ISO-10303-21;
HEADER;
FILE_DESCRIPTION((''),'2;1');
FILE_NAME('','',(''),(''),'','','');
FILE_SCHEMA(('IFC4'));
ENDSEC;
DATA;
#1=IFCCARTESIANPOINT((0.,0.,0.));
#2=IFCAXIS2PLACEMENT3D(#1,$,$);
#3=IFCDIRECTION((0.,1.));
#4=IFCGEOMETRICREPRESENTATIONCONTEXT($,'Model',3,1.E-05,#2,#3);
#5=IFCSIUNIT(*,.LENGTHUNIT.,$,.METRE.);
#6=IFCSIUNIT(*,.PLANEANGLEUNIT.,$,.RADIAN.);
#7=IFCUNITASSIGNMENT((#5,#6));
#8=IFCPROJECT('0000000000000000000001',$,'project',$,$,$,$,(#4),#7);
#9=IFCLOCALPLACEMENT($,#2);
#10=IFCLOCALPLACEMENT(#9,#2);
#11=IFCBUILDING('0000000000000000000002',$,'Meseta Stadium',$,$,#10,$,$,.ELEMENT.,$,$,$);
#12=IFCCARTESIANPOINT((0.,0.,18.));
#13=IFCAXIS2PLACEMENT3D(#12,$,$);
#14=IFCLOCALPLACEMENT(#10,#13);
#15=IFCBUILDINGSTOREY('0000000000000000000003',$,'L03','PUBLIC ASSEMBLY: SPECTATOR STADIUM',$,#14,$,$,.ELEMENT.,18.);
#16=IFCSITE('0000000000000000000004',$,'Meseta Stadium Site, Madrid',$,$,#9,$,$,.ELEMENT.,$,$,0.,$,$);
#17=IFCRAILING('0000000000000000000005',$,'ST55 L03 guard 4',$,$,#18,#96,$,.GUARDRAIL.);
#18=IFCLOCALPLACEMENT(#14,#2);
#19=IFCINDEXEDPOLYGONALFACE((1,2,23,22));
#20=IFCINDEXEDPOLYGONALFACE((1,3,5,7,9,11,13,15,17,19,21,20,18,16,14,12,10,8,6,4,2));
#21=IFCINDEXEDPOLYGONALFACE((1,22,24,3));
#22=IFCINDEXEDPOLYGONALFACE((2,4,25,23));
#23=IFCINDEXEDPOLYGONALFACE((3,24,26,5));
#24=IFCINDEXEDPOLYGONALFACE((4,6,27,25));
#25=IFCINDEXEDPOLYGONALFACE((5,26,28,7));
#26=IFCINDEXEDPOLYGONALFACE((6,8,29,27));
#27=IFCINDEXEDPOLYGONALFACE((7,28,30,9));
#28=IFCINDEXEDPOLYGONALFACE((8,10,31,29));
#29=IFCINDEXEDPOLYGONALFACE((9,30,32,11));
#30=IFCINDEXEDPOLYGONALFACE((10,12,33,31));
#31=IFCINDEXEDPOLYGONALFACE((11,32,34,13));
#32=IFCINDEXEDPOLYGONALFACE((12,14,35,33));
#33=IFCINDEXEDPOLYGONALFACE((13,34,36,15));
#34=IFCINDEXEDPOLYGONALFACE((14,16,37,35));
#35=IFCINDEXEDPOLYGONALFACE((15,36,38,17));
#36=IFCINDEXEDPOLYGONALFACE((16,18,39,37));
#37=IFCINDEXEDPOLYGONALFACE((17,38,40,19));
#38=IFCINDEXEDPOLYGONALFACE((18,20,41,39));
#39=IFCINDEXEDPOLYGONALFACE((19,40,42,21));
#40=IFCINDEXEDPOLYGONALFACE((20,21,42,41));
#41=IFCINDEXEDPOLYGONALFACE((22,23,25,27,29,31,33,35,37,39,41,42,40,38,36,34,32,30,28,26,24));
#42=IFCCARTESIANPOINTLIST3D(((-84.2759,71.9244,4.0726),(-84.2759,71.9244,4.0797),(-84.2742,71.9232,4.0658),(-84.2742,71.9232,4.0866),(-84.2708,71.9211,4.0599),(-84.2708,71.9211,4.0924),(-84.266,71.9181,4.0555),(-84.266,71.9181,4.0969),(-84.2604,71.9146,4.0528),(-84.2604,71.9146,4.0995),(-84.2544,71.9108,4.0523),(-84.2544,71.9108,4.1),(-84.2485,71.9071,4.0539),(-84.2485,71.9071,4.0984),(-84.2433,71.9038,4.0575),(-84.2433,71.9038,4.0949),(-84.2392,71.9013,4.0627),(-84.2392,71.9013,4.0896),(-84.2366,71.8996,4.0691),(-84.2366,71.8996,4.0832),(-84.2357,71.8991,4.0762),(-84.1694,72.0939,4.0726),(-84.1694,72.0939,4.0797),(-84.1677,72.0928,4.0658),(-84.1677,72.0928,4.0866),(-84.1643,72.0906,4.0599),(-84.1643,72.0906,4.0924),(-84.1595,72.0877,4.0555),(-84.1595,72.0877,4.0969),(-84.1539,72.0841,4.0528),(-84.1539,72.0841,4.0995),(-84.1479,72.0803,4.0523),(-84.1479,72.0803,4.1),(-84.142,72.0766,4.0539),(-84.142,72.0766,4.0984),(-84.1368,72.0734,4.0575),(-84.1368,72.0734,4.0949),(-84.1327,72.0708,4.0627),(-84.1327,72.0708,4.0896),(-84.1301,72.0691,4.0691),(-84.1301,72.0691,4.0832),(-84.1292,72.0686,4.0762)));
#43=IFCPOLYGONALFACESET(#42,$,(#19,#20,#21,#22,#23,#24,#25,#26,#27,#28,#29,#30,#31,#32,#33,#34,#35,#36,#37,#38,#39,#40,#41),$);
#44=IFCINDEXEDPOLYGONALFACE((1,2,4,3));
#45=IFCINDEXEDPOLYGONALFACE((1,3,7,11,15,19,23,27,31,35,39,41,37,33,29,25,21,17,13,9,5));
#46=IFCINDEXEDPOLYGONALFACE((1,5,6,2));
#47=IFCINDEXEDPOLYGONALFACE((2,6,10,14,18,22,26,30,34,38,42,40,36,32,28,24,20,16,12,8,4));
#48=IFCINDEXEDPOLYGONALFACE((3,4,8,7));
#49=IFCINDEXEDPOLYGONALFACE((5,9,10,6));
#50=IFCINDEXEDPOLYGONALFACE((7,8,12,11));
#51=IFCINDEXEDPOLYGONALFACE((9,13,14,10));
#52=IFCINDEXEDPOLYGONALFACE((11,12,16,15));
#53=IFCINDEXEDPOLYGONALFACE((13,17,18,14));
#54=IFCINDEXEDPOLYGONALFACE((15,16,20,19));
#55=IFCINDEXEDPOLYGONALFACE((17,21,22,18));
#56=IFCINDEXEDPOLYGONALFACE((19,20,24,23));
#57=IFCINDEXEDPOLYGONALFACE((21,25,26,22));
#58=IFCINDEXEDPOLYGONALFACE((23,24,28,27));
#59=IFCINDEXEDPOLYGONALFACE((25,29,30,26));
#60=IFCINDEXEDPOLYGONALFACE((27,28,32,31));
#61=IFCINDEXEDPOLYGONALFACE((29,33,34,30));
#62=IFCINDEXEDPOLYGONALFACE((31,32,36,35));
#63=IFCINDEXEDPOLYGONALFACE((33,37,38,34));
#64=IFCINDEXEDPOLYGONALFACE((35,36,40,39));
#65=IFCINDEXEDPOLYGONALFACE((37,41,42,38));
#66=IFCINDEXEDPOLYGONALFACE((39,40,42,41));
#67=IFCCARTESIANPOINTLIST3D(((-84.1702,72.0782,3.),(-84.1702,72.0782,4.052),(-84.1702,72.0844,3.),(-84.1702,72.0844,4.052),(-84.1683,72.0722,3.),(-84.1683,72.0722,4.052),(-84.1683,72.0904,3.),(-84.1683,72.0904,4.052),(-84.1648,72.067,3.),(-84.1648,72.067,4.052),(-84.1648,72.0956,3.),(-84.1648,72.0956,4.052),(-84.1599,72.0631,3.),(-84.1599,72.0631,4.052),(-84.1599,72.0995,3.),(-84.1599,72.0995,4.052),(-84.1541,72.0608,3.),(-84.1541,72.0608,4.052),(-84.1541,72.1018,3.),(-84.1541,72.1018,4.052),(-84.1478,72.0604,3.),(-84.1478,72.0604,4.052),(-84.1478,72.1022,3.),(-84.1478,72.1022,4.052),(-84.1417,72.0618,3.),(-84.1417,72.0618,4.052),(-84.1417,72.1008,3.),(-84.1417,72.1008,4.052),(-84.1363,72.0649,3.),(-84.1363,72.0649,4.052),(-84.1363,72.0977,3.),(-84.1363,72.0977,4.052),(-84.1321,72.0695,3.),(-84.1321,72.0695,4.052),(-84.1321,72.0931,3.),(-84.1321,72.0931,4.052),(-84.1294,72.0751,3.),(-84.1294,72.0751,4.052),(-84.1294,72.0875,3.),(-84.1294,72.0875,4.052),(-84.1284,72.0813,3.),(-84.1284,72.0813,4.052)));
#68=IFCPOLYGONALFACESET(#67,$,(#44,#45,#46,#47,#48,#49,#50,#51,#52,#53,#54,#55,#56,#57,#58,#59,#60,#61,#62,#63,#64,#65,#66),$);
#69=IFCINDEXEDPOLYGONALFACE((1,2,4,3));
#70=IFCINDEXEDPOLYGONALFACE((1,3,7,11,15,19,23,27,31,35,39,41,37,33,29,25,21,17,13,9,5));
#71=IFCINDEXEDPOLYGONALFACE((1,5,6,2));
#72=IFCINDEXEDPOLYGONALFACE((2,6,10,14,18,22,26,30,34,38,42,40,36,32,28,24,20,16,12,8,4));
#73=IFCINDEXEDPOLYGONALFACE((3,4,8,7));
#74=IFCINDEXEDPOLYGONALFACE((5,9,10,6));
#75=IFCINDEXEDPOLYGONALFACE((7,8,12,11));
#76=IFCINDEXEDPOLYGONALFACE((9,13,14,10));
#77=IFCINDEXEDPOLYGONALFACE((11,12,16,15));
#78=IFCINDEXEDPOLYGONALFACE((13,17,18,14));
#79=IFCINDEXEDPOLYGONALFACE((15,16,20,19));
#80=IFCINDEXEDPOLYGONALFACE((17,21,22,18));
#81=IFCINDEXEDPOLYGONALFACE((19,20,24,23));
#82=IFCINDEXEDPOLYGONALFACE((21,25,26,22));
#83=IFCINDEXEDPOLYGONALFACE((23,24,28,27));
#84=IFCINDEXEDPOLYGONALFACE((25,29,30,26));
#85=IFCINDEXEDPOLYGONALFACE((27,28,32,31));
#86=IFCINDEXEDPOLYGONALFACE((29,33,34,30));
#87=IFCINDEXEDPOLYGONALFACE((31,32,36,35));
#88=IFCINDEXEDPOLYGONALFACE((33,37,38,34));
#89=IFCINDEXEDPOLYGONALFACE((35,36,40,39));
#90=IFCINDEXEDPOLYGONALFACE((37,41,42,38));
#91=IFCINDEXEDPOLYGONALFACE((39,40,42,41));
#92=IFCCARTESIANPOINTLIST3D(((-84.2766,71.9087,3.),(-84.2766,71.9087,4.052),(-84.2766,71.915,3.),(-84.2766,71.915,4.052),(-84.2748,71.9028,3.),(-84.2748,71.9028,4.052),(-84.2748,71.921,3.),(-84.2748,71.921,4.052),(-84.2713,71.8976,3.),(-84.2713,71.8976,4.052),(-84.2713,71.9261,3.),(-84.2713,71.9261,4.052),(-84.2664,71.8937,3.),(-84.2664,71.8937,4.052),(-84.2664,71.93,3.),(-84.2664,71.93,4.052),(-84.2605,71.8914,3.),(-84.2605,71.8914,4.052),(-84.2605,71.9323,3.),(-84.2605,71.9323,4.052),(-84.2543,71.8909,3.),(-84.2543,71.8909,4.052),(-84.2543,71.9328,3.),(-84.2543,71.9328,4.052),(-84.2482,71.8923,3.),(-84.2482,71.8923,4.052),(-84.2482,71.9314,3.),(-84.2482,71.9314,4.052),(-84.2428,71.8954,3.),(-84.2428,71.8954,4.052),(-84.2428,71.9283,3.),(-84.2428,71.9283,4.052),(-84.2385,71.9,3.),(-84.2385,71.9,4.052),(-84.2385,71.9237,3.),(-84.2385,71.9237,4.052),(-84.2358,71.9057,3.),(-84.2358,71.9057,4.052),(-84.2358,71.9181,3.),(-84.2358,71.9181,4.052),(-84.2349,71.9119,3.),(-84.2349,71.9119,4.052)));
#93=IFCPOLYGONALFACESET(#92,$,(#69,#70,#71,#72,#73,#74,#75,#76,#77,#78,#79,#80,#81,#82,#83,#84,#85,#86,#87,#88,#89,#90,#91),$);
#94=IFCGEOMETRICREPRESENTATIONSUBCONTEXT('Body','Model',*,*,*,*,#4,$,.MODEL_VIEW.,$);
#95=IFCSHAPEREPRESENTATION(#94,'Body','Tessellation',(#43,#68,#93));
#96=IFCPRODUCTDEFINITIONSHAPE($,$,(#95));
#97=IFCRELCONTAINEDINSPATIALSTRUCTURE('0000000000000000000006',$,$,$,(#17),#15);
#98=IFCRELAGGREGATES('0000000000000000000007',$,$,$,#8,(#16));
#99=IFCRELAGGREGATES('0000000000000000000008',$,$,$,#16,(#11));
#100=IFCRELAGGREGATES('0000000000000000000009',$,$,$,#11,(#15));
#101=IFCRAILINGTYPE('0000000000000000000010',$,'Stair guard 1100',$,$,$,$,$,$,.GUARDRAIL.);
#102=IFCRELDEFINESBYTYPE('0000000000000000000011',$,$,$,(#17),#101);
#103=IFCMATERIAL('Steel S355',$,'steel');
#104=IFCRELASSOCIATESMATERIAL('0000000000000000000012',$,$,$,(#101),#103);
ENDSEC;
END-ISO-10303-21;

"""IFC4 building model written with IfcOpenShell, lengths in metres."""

from ifc_helpers import new_model, si_unit, direction, frame, origin, origin_2d, place, context, subcontext, project, spatial, circle, extrude, material, type_object, element, save


model = new_model("IFC4")

# Units and contexts
model_context = context("Model", 3, precision=1e-05, world=origin(), true_north=direction((0.0, 1.0)))
body_context = subcontext(model_context, "Body", "Model", "MODEL_VIEW")
ifc_project = project(units=[si_unit("LENGTHUNIT", "METRE"), si_unit("PLANEANGLEUNIT", "RADIAN")], contexts=[model_context])

# Site, building, storey
site_placement = place(None, origin())
site = spatial("IfcSite", under=ifc_project, at=site_placement, Name="Meseta Stadium Site, Madrid", CompositionType="ELEMENT", RefElevation=0.0)
building_placement = place(site_placement, origin())
building = spatial("IfcBuilding", under=site, at=building_placement, Name="Meseta Stadium", CompositionType="ELEMENT")
storey_placement = place(building_placement, frame((0.0, 0.0, 18.0)))
storey = spatial("IfcBuildingStorey", under=building, at=storey_placement, Name="L03", Description="PUBLIC ASSEMBLY: SPECTATOR STADIUM", CompositionType="ELEMENT", Elevation=18.0)

# Railing
ifc_material_1 = material(Name="Steel S355", Category="steel")
railing_type_1 = type_object("IfcRailingType", Name="Stair guard 1100", PredefinedType="GUARDRAIL", material=ifc_material_1)
railing_1_placement = place(storey_placement, frame((-84.1494, 72.0813, 3.0)))
element("IfcRailing", 1, at=railing_1_placement, inside=storey, type_object=railing_type_1, Name="ST55 L03 guard 4", PredefinedType="GUARDRAIL", context=body_context, shape_type="SweptSolid", body=[
    extrude(circle(Radius=0.0239, at=origin_2d()), frame((0.0, 0.0, 1.0762), z_axis=(-0.531972, -0.846762, 0.0), x_axis=(0.846762, -0.531972, 0.0)), (0.0, 0.0, 1.0), 0.2002),
    extrude(circle(Radius=0.021, at=origin_2d()), origin(), (0.0, 0.0, 1.0), 1.052),
    extrude(circle(Radius=0.021, at=origin_2d()), frame((-0.1064, -0.1694, 0.0)), (0.0, 0.0, 1.0), 1.052),
])

save(model, "model.ifc")
